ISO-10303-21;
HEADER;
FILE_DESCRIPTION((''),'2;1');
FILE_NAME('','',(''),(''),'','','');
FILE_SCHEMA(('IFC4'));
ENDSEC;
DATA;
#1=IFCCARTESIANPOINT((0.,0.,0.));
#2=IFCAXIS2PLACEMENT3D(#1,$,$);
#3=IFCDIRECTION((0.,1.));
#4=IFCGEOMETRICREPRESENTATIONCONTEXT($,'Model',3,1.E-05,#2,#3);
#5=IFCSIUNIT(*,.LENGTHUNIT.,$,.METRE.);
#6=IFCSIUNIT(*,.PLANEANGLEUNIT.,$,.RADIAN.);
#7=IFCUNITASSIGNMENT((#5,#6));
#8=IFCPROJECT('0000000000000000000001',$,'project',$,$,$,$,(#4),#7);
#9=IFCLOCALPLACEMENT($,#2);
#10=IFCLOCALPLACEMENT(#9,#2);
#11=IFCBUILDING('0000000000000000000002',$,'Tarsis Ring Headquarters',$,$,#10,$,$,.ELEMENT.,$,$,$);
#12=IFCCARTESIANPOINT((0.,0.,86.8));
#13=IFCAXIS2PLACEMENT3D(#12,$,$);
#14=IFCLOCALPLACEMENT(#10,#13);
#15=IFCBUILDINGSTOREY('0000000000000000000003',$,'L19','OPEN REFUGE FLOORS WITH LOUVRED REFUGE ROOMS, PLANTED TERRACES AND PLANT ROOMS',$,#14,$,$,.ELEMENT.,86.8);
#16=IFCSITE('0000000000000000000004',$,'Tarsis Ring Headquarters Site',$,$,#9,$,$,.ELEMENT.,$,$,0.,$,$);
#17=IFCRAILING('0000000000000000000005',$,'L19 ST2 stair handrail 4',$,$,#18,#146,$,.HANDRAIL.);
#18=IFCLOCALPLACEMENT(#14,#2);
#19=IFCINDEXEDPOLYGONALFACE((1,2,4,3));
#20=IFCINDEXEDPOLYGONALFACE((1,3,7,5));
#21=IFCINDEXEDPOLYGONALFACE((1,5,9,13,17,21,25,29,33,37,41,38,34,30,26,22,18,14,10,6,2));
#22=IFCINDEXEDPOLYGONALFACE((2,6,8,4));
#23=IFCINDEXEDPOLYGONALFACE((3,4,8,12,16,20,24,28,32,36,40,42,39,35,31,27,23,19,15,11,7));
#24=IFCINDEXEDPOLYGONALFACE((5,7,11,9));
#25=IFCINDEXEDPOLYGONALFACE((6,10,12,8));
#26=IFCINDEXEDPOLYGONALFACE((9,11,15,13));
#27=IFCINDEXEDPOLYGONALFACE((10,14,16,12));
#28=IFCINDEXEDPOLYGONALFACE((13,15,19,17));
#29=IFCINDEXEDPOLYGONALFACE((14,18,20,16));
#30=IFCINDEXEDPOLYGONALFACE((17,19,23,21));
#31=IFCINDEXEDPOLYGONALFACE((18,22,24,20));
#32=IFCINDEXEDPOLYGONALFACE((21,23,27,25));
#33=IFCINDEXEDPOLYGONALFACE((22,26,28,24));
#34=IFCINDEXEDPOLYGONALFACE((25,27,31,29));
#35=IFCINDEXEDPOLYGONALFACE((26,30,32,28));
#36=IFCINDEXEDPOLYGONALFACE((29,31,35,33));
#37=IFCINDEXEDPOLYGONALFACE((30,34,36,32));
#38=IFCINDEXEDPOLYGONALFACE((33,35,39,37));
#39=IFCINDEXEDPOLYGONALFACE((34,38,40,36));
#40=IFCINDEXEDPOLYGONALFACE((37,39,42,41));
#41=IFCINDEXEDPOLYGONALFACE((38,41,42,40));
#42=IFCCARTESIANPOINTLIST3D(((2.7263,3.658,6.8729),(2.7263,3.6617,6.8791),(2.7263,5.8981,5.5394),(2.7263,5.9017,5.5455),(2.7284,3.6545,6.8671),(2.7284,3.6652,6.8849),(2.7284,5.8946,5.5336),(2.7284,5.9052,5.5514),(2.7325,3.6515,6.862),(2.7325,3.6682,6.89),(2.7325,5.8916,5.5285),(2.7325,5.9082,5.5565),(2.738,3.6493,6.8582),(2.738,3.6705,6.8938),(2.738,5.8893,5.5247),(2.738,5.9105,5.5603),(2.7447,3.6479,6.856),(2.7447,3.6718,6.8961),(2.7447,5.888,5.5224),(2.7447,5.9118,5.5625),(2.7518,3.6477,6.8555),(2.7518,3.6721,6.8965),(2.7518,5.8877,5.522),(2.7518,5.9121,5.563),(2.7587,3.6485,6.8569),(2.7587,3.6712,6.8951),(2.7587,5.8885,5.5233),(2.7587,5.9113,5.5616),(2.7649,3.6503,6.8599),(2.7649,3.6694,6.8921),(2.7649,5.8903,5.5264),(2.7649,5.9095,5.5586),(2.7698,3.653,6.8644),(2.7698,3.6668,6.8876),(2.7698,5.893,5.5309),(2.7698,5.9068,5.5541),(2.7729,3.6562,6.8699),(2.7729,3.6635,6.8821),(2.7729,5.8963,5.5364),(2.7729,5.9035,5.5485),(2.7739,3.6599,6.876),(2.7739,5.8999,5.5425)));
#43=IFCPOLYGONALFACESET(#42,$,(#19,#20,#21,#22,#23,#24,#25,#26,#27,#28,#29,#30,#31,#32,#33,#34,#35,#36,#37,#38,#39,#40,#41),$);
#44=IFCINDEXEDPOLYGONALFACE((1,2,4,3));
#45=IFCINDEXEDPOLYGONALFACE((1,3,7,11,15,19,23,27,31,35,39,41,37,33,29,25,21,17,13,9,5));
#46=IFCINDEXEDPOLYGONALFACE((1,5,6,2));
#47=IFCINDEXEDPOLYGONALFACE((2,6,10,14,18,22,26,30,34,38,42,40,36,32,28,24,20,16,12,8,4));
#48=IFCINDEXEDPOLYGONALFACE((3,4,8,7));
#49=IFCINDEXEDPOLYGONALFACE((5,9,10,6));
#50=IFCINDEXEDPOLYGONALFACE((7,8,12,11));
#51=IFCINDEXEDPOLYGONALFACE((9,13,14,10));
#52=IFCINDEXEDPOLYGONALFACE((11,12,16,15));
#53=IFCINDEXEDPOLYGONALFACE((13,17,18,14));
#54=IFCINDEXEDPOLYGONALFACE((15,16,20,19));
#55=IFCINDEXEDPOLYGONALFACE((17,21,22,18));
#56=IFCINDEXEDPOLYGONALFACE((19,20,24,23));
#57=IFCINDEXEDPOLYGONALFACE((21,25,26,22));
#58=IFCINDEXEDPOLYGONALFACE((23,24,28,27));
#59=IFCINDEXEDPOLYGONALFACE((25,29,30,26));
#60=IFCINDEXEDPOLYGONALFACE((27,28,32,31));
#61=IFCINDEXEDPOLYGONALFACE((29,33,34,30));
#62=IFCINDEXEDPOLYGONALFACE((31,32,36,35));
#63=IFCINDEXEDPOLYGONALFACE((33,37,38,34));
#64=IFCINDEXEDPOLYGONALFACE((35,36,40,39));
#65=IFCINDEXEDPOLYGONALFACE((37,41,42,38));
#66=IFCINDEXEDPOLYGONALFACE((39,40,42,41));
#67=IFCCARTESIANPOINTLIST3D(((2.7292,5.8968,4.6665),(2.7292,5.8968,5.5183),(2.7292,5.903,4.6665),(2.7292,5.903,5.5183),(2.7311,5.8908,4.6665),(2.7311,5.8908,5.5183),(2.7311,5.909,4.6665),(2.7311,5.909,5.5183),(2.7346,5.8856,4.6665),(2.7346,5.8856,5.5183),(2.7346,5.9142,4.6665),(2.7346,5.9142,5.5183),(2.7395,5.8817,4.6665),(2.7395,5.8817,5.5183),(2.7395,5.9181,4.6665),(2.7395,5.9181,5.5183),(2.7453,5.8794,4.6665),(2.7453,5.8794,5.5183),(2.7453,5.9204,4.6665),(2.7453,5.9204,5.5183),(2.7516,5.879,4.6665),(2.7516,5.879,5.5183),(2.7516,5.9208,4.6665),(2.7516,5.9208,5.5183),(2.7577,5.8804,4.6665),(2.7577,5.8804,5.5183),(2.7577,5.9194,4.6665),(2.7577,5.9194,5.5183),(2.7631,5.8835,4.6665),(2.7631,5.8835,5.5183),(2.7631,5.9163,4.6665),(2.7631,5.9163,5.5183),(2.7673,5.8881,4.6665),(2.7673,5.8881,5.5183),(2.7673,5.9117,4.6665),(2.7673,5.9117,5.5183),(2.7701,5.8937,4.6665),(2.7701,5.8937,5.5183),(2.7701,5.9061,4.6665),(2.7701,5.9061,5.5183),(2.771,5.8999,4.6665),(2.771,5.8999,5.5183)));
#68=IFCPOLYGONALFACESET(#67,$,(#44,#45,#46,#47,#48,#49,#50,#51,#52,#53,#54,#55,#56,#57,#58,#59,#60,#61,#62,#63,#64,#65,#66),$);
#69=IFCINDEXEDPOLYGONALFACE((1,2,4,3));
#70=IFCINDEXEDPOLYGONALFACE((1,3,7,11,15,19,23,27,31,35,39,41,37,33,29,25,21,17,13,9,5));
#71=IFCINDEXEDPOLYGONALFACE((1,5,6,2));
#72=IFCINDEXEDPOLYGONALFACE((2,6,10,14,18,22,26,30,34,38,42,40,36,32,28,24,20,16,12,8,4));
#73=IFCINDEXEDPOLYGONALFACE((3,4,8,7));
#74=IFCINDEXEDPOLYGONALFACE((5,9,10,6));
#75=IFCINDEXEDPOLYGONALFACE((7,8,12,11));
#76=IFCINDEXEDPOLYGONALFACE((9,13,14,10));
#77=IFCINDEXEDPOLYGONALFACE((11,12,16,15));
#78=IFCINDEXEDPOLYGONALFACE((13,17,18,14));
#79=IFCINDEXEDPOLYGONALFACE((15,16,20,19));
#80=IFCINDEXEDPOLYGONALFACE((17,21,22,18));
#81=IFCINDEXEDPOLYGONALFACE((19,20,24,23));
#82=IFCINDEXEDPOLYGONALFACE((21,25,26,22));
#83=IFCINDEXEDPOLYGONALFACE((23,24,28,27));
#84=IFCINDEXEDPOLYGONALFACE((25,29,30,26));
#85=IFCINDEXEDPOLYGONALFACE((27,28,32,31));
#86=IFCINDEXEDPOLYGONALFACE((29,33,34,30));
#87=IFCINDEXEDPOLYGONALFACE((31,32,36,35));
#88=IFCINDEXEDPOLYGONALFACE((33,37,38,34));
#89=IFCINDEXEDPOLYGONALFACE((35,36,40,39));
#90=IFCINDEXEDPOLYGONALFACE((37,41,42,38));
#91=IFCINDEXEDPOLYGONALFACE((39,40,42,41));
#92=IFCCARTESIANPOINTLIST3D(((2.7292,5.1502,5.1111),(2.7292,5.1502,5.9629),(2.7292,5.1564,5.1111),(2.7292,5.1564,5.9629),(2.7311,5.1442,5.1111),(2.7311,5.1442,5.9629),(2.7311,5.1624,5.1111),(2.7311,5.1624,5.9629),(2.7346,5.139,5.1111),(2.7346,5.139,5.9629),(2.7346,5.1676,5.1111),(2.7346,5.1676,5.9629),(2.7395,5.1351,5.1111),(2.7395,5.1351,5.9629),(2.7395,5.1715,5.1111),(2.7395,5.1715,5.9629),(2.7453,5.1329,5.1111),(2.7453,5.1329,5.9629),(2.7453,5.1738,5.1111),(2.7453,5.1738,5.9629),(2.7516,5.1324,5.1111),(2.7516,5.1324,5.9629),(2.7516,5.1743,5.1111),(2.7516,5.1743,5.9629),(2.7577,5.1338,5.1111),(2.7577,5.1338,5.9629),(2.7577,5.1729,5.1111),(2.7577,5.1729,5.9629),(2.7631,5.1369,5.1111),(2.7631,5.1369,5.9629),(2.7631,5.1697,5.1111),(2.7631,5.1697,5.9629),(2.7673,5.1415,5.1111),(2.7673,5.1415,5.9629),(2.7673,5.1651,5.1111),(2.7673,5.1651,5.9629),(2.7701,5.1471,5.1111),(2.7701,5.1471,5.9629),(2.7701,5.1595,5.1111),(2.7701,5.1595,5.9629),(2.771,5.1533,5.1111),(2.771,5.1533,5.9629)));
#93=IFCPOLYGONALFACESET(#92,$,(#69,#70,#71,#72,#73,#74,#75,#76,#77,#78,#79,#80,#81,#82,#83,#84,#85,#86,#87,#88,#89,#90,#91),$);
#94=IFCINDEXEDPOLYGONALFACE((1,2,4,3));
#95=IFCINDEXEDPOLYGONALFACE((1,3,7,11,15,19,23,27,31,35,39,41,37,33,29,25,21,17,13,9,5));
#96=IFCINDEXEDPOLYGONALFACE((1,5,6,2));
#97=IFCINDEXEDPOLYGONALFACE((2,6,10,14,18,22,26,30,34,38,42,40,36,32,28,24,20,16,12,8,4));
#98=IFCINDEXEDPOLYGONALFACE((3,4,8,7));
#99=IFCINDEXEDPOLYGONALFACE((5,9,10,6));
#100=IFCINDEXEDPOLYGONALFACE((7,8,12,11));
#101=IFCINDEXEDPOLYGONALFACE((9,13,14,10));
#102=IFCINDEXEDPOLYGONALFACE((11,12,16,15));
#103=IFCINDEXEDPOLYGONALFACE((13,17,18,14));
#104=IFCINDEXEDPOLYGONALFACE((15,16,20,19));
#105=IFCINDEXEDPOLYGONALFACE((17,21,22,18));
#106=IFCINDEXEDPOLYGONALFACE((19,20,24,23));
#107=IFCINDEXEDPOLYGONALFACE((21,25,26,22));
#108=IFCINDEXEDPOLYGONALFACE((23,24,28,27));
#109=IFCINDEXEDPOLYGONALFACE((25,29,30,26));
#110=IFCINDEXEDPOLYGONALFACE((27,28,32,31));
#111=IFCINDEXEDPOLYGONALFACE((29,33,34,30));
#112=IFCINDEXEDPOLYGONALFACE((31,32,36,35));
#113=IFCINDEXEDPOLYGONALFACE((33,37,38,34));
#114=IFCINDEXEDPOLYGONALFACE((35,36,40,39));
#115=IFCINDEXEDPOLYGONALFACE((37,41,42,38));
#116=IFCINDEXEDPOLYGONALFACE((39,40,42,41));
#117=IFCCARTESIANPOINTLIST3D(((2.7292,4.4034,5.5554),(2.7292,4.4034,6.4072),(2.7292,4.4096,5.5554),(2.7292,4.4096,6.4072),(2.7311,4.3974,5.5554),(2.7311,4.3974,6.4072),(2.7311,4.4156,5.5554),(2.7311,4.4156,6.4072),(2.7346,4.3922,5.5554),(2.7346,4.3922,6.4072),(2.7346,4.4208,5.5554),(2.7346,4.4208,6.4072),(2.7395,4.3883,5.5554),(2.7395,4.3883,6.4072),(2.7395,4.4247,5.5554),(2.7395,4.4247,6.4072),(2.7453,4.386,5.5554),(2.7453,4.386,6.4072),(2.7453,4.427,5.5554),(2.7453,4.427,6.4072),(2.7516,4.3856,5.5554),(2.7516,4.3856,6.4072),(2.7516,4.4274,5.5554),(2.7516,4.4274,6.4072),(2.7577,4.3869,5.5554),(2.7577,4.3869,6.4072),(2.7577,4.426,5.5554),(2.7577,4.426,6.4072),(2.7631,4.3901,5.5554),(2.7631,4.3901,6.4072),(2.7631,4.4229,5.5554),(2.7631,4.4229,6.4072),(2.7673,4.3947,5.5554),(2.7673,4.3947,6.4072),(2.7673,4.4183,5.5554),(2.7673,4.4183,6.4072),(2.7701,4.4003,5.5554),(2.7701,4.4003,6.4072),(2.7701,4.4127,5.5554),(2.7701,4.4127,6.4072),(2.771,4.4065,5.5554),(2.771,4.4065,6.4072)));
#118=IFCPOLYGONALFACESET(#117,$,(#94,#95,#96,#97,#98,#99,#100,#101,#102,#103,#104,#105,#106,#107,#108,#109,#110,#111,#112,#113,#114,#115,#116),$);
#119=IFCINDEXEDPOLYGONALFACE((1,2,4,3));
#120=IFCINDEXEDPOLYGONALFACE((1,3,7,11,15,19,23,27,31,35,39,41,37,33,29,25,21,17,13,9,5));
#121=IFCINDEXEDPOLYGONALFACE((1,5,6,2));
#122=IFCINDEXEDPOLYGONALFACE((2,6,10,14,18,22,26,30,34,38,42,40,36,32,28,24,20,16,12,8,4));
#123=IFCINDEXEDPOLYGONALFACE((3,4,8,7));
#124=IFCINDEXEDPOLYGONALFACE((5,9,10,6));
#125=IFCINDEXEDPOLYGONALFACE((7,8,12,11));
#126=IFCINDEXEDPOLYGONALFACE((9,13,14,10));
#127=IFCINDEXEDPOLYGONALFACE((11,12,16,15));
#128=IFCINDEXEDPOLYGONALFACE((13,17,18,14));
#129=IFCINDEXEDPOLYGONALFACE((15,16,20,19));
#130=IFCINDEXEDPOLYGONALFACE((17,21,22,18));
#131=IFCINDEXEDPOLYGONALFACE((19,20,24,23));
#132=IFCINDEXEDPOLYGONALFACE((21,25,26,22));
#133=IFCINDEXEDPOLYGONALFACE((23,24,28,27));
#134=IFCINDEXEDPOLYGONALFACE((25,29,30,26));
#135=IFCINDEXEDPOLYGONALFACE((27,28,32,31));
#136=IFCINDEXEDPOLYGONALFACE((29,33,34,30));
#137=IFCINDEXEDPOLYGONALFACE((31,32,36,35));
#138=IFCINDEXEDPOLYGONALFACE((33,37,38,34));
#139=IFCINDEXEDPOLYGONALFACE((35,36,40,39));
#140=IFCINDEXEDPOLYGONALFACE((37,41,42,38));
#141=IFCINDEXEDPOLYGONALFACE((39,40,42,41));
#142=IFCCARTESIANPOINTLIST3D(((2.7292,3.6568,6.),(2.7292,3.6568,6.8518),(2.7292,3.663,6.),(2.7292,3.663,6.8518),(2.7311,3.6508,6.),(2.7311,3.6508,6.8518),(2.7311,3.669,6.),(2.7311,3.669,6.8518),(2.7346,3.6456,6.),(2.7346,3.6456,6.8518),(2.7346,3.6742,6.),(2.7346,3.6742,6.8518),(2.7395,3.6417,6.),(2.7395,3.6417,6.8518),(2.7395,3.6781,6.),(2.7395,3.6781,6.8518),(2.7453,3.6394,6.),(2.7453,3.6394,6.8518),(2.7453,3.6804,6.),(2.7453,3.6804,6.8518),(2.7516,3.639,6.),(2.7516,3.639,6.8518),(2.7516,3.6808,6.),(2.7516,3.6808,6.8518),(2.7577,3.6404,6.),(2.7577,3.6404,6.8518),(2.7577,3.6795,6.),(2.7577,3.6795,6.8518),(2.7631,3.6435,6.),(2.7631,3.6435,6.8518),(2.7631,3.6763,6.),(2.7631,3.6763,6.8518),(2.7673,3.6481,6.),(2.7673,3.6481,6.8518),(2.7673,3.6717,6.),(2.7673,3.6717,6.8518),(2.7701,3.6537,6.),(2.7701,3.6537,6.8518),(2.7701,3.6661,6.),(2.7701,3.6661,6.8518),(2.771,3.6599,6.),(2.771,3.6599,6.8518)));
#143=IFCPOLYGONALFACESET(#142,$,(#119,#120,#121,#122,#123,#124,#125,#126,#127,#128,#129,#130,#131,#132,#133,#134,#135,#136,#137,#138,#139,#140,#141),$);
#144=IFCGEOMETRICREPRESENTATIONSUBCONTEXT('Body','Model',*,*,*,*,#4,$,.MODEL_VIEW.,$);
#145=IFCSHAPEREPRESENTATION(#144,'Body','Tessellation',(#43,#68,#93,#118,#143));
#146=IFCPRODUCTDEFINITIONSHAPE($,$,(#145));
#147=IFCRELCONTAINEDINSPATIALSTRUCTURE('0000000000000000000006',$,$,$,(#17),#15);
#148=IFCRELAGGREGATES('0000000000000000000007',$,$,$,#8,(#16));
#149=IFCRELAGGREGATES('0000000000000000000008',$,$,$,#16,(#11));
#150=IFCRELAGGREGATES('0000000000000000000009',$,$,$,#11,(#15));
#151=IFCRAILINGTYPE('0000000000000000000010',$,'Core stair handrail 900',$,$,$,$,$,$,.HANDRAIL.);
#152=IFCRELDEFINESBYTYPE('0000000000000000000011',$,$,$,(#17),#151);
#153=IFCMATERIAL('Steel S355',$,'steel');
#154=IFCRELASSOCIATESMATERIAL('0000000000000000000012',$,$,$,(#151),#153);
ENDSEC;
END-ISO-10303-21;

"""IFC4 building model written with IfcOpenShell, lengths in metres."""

from ifc_helpers import new_model, si_unit, direction, frame, origin, origin_2d, place, context, subcontext, project, spatial, circle, extrude, material, type_object, element, save


model = new_model("IFC4")

# Units and contexts
model_context = context("Model", 3, precision=1e-05, world=origin(), true_north=direction((0.0, 1.0)))
body_context = subcontext(model_context, "Body", "Model", "MODEL_VIEW")
ifc_project = project(units=[si_unit("LENGTHUNIT", "METRE"), si_unit("PLANEANGLEUNIT", "RADIAN")], contexts=[model_context])

# Site, building, storey
site_placement = place(None, origin())
site = spatial("IfcSite", under=ifc_project, at=site_placement, Name="Tarsis Ring Headquarters Site", CompositionType="ELEMENT", RefElevation=0.0)
building_placement = place(site_placement, origin())
building = spatial("IfcBuilding", under=site, at=building_placement, Name="Tarsis Ring Headquarters", CompositionType="ELEMENT")
storey_placement = place(building_placement, frame((0.0, 0.0, 86.8)))
storey = spatial("IfcBuildingStorey", under=building, at=storey_placement, Name="L19", Description="OPEN REFUGE FLOORS WITH LOUVRED REFUGE ROOMS, PLANTED TERRACES AND PLANT ROOMS", CompositionType="ELEMENT", Elevation=86.8)

# Railing
ifc_material_1 = material(Name="Steel S355", Category="steel")
railing_type_1 = type_object("IfcRailingType", Name="Core stair handrail 900", PredefinedType="HANDRAIL", material=ifc_material_1)
for number, where, name in (
    (1, (2.75, 5.8999, 4.6665), "L19 ST2 stair handrail 4"),
):
    element("IfcRailing", number, at=place(storey_placement, frame(where)), inside=storey, type_object=railing_type_1, Name=name, PredefinedType="HANDRAIL", context=body_context, shape_type="SweptSolid", body=[
        extrude(circle(Radius=0.0239, at=origin_2d()), frame((0.0, 0.0, 0.876), z_axis=(0.0, -0.859264, 0.511532), x_axis=(1.0, 0.0, 0.0)), (0.0, 0.0, 1.0), 2.6069),
        extrude(circle(Radius=0.021, at=origin_2d()), origin(), (0.0, 0.0, 1.0), 0.8518),
        extrude(circle(Radius=0.021, at=origin_2d()), frame((0.0, -0.7466, 0.4446)), (0.0, 0.0, 1.0), 0.8518),
        extrude(circle(Radius=0.021, at=origin_2d()), frame((0.0, -1.4934, 0.8889)), (0.0, 0.0, 1.0), 0.8518),
        extrude(circle(Radius=0.021, at=origin_2d()), frame((0.0, -2.24, 1.3335)), (0.0, 0.0, 1.0), 0.8518),
    ])

save(model, "model.ifc")
